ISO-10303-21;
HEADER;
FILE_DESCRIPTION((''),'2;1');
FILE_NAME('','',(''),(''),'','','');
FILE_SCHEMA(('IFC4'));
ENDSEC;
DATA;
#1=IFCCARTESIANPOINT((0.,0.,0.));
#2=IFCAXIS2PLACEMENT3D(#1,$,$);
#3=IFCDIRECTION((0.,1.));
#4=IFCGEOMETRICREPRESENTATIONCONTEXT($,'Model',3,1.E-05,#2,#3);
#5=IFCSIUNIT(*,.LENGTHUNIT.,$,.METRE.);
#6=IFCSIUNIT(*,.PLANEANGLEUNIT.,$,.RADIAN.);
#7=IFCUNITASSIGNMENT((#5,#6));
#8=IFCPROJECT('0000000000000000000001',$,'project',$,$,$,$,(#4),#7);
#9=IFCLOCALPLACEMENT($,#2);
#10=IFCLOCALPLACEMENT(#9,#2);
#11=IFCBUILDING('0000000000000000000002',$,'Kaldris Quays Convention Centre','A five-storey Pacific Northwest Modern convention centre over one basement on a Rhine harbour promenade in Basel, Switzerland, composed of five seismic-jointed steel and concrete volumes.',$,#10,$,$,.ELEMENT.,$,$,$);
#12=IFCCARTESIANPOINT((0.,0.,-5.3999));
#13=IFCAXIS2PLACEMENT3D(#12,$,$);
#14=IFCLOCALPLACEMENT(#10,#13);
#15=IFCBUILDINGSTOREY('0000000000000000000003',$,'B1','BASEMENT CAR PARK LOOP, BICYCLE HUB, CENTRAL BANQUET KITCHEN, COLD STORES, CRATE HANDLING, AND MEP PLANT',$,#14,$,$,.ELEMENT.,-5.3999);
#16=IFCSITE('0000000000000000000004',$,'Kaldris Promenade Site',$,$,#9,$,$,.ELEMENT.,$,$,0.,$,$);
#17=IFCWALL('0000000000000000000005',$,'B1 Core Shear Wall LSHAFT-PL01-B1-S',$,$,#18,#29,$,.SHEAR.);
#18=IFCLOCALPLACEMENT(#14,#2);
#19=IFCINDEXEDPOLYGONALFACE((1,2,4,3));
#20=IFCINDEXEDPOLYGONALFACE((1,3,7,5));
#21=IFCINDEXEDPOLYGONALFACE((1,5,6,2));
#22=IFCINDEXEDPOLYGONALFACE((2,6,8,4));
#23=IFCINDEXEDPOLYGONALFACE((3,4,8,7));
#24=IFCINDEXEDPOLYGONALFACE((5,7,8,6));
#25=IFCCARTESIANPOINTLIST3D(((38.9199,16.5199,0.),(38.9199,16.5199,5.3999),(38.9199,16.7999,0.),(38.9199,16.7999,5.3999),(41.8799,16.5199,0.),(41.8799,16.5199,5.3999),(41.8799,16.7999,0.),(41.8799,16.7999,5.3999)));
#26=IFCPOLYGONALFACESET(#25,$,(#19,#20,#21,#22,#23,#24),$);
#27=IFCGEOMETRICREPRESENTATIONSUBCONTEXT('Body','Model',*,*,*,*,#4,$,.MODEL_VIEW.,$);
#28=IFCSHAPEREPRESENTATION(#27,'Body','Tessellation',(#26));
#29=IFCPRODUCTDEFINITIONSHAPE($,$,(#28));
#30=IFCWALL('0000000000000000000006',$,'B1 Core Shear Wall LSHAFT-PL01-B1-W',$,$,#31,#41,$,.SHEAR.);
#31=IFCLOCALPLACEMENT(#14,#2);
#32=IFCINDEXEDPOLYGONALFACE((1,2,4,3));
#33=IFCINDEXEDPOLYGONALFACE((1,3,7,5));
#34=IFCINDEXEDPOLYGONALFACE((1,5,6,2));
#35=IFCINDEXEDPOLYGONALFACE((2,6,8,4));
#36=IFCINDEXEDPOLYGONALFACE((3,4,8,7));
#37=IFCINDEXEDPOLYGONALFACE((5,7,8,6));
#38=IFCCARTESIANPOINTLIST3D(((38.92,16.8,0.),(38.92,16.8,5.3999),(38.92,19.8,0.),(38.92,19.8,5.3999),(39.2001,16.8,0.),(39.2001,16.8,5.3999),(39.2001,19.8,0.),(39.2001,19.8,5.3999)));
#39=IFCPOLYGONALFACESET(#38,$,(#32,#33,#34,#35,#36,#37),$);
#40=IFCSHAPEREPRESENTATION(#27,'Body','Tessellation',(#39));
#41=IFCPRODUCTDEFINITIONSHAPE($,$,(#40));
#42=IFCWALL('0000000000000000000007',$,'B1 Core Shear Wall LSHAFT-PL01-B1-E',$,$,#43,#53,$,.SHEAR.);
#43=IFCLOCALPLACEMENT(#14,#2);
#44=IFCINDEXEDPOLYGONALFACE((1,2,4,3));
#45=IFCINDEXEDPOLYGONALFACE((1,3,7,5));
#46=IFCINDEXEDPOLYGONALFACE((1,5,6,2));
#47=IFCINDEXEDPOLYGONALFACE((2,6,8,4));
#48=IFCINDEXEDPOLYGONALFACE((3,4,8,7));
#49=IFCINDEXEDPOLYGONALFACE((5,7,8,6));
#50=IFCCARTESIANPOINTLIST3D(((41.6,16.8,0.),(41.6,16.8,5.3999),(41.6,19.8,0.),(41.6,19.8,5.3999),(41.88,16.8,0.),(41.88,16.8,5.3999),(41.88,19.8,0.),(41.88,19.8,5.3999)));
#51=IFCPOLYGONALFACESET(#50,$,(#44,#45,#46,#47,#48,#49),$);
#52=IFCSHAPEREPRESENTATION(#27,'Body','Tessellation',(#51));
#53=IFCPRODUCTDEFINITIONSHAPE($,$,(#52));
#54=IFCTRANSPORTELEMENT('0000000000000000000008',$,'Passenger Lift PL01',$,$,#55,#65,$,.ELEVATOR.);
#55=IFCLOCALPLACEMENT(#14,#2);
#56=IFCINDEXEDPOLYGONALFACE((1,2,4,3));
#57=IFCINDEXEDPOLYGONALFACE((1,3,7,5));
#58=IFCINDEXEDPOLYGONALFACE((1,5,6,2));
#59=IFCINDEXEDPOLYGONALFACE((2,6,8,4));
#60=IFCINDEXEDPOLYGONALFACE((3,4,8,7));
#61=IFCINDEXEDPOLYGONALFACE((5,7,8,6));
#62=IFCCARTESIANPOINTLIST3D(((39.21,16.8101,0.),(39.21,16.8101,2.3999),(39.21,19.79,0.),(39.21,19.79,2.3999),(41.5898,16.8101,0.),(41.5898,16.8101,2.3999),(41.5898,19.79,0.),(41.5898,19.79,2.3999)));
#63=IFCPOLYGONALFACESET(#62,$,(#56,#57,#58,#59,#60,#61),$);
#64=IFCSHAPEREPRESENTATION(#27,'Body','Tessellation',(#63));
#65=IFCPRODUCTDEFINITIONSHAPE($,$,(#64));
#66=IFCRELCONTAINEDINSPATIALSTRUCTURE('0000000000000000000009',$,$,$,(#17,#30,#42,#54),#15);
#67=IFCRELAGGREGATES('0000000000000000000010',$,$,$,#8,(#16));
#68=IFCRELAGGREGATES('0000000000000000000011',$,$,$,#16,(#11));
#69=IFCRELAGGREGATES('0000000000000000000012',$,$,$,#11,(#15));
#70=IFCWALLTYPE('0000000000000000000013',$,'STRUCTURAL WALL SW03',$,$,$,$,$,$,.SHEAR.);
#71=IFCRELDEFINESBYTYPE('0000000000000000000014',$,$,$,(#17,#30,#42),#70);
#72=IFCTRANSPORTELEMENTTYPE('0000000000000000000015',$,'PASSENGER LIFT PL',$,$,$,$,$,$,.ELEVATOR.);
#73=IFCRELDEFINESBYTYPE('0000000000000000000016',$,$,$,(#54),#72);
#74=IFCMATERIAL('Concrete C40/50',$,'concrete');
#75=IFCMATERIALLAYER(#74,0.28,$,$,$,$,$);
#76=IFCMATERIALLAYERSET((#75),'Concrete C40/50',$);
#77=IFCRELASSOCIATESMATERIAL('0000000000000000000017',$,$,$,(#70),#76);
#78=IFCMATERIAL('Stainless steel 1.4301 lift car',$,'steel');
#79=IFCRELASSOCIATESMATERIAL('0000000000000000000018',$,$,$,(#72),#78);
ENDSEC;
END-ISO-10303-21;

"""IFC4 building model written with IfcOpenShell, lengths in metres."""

from ifc_helpers import new_model, si_unit, direction, frame, frame_2d, origin, origin_2d, place, context, subcontext, project, spatial, rectangle, extrude, material, layer, layer_set, type_object, element, save


model = new_model("IFC4")

# Units and contexts
model_context = context("Model", 3, precision=1e-05, world=origin(), true_north=direction((0.0, 1.0)))
body_context = subcontext(model_context, "Body", "Model", "MODEL_VIEW")
ifc_project = project(units=[si_unit("LENGTHUNIT", "METRE"), si_unit("PLANEANGLEUNIT", "RADIAN")], contexts=[model_context])

# Site, building, storey
site_placement = place(None, origin())
site = spatial("IfcSite", under=ifc_project, at=site_placement, Name="Kaldris Promenade Site", CompositionType="ELEMENT", RefElevation=0.0)
building_placement = place(site_placement, origin())
building = spatial("IfcBuilding", under=site, at=building_placement, Name="Kaldris Quays Convention Centre", Description="A five-storey Pacific Northwest Modern convention centre over one basement on a Rhine harbour promenade in Basel, Switzerland, composed of five seismic-jointed steel and concrete volumes.", CompositionType="ELEMENT")
storey_placement = place(building_placement, frame((0.0, 0.0, -5.3999)))
storey = spatial("IfcBuildingStorey", under=building, at=storey_placement, Name="B1", Description="BASEMENT CAR PARK LOOP, BICYCLE HUB, CENTRAL BANQUET KITCHEN, COLD STORES, CRATE HANDLING, AND MEP PLANT", CompositionType="ELEMENT", Elevation=-5.3999)

# Wall
ifc_material_1 = material(Name="Concrete C40/50", Category="concrete")
ifc_layer = layer(ifc_material_1, 0.28)
ifc_layer_set = layer_set([ifc_layer], Name="Concrete C40/50")
wall_type = type_object("IfcWallType", Name="STRUCTURAL WALL SW03", PredefinedType="SHEAR", material=ifc_layer_set)
wall_1_placement = place(storey_placement, frame((38.9199, 16.6599, 0.0), z_axis=(0.0, 0.0, 1.0), x_axis=(1.0, 0.0, 0.0)))
element("IfcWall", 1, at=wall_1_placement, inside=storey, type_object=wall_type, Name="B1 Core Shear Wall LSHAFT-PL01-B1-S", PredefinedType="SHEAR", context=body_context, shape_type="SweptSolid", body=[
    extrude(rectangle(XDim=2.96, YDim=0.28, at=frame_2d((1.48, 0.0))), origin(), (0.0, 0.0, 1.0), 5.3999),
])

# Walls
for number, where, z_axis, x_axis, name in (
    (2, (39.0601, 16.8, 0.0), (0.0, 0.0, 1.0), (0.0, 1.0, 0.0), "B1 Core Shear Wall LSHAFT-PL01-B1-W"),
    (3, (41.74, 16.8, 0.0), (0.0, 0.0, 1.0), (0.0, 1.0, 0.0), "B1 Core Shear Wall LSHAFT-PL01-B1-E"),
):
    element("IfcWall", number, at=place(storey_placement, frame(where, z_axis=z_axis, x_axis=x_axis)), inside=storey, type_object=wall_type, Name=name, PredefinedType="SHEAR", context=body_context, shape_type="SweptSolid", body=[
        extrude(rectangle(XDim=3.0, YDim=0.28, at=frame_2d((1.5, 0.0))), origin(), (0.0, 0.0, 1.0), 5.3999),
    ])

# Transport element
ifc_material_2 = material(Name="Stainless steel 1.4301 lift car", Category="steel")
transport_element_type = type_object("IfcTransportElementType", Name="PASSENGER LIFT PL", PredefinedType="ELEVATOR", material=ifc_material_2)
transport_element_placement = place(storey_placement, frame((40.3999, 18.3, 0.0), z_axis=(0.0, 0.0, 1.0), x_axis=(1.0, 0.0, 0.0)))
element("IfcTransportElement", 4, at=transport_element_placement, inside=storey, type_object=transport_element_type, Name="Passenger Lift PL01", PredefinedType="ELEVATOR", context=body_context, shape_type="SweptSolid", body=[
    extrude(rectangle(XDim=2.3799, YDim=2.98, at=origin_2d()), origin(), (0.0, 0.0, 1.0), 2.3999),
])

save(model, "model.ifc")
